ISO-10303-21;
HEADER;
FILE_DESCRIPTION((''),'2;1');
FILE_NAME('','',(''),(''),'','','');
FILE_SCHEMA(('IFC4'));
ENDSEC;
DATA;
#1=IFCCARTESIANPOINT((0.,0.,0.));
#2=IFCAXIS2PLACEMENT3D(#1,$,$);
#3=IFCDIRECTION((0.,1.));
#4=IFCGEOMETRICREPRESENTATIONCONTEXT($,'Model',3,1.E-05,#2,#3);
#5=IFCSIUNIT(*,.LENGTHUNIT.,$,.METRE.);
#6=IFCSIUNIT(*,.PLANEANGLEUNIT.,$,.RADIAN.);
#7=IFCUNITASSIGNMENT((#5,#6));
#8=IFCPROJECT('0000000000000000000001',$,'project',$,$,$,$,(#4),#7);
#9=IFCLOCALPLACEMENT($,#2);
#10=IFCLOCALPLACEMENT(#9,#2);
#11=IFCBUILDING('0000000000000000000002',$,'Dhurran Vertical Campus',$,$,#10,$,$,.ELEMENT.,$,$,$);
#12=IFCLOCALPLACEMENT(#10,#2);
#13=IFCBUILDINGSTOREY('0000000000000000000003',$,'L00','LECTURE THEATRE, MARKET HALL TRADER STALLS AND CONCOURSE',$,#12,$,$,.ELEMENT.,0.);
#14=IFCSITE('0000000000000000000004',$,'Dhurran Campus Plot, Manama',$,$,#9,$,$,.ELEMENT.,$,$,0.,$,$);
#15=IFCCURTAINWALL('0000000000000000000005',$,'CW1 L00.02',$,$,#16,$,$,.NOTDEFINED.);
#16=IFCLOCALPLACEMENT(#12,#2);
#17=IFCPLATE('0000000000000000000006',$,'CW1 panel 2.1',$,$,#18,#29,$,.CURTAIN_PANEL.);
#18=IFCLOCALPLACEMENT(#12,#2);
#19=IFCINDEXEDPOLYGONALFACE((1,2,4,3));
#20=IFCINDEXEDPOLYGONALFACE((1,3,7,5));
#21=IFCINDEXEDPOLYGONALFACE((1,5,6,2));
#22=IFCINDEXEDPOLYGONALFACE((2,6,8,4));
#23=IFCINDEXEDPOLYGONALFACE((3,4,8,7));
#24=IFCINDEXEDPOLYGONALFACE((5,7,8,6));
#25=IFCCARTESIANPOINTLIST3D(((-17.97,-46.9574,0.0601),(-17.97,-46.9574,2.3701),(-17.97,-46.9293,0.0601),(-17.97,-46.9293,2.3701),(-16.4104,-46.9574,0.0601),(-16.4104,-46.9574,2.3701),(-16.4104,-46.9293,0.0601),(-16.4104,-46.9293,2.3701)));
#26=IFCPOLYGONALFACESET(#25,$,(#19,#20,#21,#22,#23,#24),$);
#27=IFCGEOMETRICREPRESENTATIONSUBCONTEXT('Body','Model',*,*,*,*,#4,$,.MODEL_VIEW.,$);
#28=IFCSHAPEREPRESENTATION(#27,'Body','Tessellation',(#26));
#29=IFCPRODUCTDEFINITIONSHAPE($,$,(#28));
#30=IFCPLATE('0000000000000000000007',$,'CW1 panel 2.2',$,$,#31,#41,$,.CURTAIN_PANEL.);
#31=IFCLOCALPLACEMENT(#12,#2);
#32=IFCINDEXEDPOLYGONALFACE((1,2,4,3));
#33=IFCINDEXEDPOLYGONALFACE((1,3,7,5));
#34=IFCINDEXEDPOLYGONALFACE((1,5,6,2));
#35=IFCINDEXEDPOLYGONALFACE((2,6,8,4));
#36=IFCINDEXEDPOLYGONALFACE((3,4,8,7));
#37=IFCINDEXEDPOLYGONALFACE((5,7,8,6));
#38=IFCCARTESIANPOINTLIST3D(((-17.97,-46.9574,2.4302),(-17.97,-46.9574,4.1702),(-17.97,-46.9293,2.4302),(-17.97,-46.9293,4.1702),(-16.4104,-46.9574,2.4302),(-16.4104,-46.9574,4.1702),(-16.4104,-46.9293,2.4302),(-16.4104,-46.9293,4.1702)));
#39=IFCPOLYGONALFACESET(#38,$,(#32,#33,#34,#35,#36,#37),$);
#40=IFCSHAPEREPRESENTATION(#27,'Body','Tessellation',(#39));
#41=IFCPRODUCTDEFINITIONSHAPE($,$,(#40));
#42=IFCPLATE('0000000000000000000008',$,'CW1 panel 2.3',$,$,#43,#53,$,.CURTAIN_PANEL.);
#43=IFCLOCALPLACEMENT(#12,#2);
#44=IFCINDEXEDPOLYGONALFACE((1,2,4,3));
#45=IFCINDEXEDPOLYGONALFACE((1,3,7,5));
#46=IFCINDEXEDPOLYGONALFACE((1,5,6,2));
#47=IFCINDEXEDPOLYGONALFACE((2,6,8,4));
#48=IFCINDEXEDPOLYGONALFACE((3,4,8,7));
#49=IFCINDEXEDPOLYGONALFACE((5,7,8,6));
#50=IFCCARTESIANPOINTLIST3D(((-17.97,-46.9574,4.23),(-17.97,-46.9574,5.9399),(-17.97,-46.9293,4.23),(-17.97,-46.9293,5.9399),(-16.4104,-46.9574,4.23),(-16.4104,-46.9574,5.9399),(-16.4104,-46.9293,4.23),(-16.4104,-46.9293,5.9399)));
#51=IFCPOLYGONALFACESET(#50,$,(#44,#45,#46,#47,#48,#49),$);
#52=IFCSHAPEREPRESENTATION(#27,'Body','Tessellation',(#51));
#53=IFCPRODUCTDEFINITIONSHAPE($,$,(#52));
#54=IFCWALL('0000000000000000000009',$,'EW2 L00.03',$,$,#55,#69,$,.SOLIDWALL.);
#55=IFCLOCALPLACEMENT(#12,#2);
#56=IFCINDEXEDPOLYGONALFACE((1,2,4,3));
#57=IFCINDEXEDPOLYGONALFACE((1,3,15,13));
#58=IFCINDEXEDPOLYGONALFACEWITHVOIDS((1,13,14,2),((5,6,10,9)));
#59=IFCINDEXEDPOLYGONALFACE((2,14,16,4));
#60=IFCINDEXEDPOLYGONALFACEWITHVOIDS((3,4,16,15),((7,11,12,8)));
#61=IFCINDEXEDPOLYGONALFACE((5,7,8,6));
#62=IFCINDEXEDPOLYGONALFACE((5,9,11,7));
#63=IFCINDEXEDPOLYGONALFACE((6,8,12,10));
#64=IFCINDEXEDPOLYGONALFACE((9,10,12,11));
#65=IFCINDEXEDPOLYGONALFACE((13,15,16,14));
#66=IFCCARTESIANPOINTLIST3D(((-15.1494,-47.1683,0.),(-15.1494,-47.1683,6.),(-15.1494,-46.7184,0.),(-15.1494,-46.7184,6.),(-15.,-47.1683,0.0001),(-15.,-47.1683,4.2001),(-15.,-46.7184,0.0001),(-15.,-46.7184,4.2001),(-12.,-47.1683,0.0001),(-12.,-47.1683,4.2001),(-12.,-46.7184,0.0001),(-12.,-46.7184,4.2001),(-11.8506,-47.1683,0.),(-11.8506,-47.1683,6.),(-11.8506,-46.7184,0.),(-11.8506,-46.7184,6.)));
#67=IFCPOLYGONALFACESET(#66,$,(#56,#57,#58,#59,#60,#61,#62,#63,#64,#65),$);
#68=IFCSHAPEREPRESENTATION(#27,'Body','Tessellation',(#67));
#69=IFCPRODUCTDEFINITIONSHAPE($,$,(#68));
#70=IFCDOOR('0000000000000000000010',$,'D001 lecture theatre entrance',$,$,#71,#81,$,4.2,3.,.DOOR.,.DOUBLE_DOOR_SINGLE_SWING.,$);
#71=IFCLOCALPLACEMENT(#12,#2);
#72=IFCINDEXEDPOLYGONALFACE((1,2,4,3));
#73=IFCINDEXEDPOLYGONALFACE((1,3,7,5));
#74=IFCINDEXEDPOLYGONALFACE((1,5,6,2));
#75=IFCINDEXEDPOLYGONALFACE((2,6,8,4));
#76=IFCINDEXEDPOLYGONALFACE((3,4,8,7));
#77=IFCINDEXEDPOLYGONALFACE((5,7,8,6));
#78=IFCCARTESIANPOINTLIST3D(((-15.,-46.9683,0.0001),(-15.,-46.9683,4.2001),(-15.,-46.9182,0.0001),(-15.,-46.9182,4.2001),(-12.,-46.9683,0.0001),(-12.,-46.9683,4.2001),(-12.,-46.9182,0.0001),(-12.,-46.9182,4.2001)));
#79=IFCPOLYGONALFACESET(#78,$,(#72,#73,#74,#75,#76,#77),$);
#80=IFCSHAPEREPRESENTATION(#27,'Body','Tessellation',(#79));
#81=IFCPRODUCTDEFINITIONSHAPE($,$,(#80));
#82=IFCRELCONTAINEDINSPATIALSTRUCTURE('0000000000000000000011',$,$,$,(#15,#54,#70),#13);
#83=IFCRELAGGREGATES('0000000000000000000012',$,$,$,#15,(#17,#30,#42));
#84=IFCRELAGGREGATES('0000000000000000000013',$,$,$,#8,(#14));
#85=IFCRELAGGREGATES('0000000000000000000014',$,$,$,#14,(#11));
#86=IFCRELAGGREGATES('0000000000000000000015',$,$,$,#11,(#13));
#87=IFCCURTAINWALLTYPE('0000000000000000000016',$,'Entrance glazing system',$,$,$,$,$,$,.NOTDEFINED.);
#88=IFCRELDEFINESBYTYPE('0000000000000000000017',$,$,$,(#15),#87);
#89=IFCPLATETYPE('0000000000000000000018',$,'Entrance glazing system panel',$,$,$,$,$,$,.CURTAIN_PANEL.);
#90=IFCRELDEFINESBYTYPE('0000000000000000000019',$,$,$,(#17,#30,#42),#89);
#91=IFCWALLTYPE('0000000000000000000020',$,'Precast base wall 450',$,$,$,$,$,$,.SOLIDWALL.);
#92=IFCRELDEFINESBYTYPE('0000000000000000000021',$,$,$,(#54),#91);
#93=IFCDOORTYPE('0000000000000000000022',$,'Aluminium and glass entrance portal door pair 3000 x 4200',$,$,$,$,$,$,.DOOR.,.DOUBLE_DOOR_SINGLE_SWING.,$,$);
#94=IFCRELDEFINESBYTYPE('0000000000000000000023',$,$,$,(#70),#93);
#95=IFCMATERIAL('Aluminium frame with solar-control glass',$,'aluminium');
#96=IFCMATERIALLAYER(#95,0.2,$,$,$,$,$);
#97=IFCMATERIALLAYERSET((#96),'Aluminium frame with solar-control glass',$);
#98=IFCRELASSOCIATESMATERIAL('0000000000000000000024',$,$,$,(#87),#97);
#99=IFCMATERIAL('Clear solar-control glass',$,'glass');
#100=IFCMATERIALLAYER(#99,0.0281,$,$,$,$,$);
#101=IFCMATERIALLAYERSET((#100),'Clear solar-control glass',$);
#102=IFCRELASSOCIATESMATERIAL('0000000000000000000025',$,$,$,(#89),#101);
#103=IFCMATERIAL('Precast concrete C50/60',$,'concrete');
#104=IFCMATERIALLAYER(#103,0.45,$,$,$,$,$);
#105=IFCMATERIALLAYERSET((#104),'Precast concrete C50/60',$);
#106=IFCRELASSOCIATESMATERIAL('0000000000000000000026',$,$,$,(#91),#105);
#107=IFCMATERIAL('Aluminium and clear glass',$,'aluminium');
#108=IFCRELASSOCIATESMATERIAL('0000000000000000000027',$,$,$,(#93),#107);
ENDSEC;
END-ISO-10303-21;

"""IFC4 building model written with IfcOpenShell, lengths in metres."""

from ifc_helpers import new_model, si_unit, direction, frame, frame_2d, origin, origin_2d, place, context, subcontext, project, spatial, rectangle, extrude, material, layer, layer_set, type_object, element, fill, aggregate, save


model = new_model("IFC4")

# Units and contexts
model_context = context("Model", 3, precision=1e-05, world=origin(), true_north=direction((0.0, 1.0)))
body_context = subcontext(model_context, "Body", "Model", "MODEL_VIEW")
ifc_project = project(units=[si_unit("LENGTHUNIT", "METRE"), si_unit("PLANEANGLEUNIT", "RADIAN")], contexts=[model_context])

# Site, building, storey
site_placement = place(None, origin())
site = spatial("IfcSite", under=ifc_project, at=site_placement, Name="Dhurran Campus Plot, Manama", CompositionType="ELEMENT", RefElevation=0.0)
building_placement = place(site_placement, origin())
building = spatial("IfcBuilding", under=site, at=building_placement, Name="Dhurran Vertical Campus", CompositionType="ELEMENT")
storey_placement = place(building_placement, origin())
storey = spatial("IfcBuildingStorey", under=building, at=storey_placement, Name="L00", Description="LECTURE THEATRE, MARKET HALL TRADER STALLS AND CONCOURSE", CompositionType="ELEMENT", Elevation=0.0)

# Curtain wall
ifc_material_1 = material(Name="Aluminium frame with solar-control glass", Category="aluminium")
ifc_layer_1 = layer(ifc_material_1, 0.2)
ifc_layer_set_1 = layer_set([ifc_layer_1], Name="Aluminium frame with solar-control glass")
curtain_wall_type = type_object("IfcCurtainWallType", Name="Entrance glazing system", PredefinedType="NOTDEFINED", material=ifc_layer_set_1)
curtain_wall_1_placement = place(storey_placement, origin())
curtain_wall_1 = element("IfcCurtainWall", 1, at=curtain_wall_1_placement, inside=storey, type_object=curtain_wall_type, Name="CW1 L00.02", PredefinedType="NOTDEFINED")

# Plates
ifc_material_2 = material(Name="Clear solar-control glass", Category="glass")
ifc_layer_2 = layer(ifc_material_2, 0.0281)
ifc_layer_set_2 = layer_set([ifc_layer_2], Name="Clear solar-control glass")
plate_type = type_object("IfcPlateType", Name="Entrance glazing system panel", PredefinedType="CURTAIN_PANEL", material=ifc_layer_set_2)
plate_1_placement = place(storey_placement, frame((-17.1902, -46.9434, 0.0601), z_axis=(0.0, 0.0, 1.0), x_axis=(1.0, 0.0, 0.0)))
plate_1 = element("IfcPlate", 2, at=plate_1_placement, type_object=plate_type, Name="CW1 panel 2.1", PredefinedType="CURTAIN_PANEL", context=body_context, shape_type="SweptSolid", body=[
    extrude(rectangle(XDim=1.5596, YDim=0.0281, at=origin_2d()), origin(), (0.0, 0.0, 1.0), 2.3101),
])
plate_2_placement = place(storey_placement, frame((-17.1902, -46.9434, 2.4302), z_axis=(0.0, 0.0, 1.0), x_axis=(1.0, 0.0, 0.0)))
plate_2 = element("IfcPlate", 3, at=plate_2_placement, type_object=plate_type, Name="CW1 panel 2.2", PredefinedType="CURTAIN_PANEL", context=body_context, shape_type="SweptSolid", body=[
    extrude(rectangle(XDim=1.5596, YDim=0.0281, at=origin_2d()), origin(), (0.0, 0.0, 1.0), 1.74),
])
plate_3_placement = place(storey_placement, frame((-17.1902, -46.9434, 4.23), z_axis=(0.0, 0.0, 1.0), x_axis=(1.0, 0.0, 0.0)))
plate_3 = element("IfcPlate", 4, at=plate_3_placement, type_object=plate_type, Name="CW1 panel 2.3", PredefinedType="CURTAIN_PANEL", context=body_context, shape_type="SweptSolid", body=[
    extrude(rectangle(XDim=1.5596, YDim=0.0281, at=origin_2d()), origin(), (0.0, 0.0, 1.0), 1.71),
])
aggregate(curtain_wall_1, [plate_1, plate_2, plate_3])

# Wall, opening, door
ifc_material_3 = material(Name="Precast concrete C50/60", Category="concrete")
ifc_layer_3 = layer(ifc_material_3, 0.45)
ifc_layer_set_3 = layer_set([ifc_layer_3], Name="Precast concrete C50/60")
wall_type = type_object("IfcWallType", Name="Precast base wall 450", PredefinedType="SOLIDWALL", material=ifc_layer_set_3)
wall_placement = place(storey_placement, frame((-11.8506, -46.9434, 0.0), z_axis=(0.0, 0.0, 1.0), x_axis=(-1.0, 0.0, 0.0)))
wall = element("IfcWall", 5, at=wall_placement, inside=storey, type_object=wall_type, Name="EW2 L00.03", PredefinedType="SOLIDWALL", context=body_context, shape_type="SweptSolid", body=[
    extrude(rectangle(XDim=3.2988, YDim=0.45, at=frame_2d((1.6494, 0.0))), origin(), (0.0, 0.0, 1.0), 6.0),
])
opening_placement = place(wall_placement, frame((0.1494, 0.0, 0.0)))
opening = element("IfcOpeningElement", 6, at=opening_placement, cuts=wall, PredefinedType="OPENING", context=body_context, shape_type="SweptSolid", body=[
    extrude(rectangle(XDim=3.0, YDim=4.2, at=frame_2d((1.5, 2.1001))), frame((0.0, 0.2349, 0.0), z_axis=(0.0, -1.0, 0.0), x_axis=(1.0, 0.0, 0.0)), (0.0, 0.0, 1.0), 0.47),
])
ifc_material_4 = material(Name="Aluminium and clear glass", Category="aluminium")
door_type = type_object("IfcDoorType", Name="Aluminium and glass entrance portal door pair 3000 x 4200", OperationType="DOUBLE_DOOR_SINGLE_SWING", PredefinedType="DOOR", material=ifc_material_4)
door_placement = place(opening_placement, origin())
door = element("IfcDoor", 7, at=door_placement, inside=storey, type_object=door_type, Name="D001 lecture theatre entrance", OperationType="DOUBLE_DOOR_SINGLE_SWING", OverallHeight=4.2, OverallWidth=3.0, PredefinedType="DOOR", context=body_context, shape_type="SweptSolid", body=[
    extrude(rectangle(XDim=3.0, YDim=4.2, at=frame_2d((1.5, 2.1001))), frame((0.0, 0.0249, 0.0), z_axis=(0.0, -1.0, 0.0), x_axis=(1.0, 0.0, 0.0)), (0.0, 0.0, 1.0), 0.05),
])
fill(opening, door)

save(model, "model.ifc")
